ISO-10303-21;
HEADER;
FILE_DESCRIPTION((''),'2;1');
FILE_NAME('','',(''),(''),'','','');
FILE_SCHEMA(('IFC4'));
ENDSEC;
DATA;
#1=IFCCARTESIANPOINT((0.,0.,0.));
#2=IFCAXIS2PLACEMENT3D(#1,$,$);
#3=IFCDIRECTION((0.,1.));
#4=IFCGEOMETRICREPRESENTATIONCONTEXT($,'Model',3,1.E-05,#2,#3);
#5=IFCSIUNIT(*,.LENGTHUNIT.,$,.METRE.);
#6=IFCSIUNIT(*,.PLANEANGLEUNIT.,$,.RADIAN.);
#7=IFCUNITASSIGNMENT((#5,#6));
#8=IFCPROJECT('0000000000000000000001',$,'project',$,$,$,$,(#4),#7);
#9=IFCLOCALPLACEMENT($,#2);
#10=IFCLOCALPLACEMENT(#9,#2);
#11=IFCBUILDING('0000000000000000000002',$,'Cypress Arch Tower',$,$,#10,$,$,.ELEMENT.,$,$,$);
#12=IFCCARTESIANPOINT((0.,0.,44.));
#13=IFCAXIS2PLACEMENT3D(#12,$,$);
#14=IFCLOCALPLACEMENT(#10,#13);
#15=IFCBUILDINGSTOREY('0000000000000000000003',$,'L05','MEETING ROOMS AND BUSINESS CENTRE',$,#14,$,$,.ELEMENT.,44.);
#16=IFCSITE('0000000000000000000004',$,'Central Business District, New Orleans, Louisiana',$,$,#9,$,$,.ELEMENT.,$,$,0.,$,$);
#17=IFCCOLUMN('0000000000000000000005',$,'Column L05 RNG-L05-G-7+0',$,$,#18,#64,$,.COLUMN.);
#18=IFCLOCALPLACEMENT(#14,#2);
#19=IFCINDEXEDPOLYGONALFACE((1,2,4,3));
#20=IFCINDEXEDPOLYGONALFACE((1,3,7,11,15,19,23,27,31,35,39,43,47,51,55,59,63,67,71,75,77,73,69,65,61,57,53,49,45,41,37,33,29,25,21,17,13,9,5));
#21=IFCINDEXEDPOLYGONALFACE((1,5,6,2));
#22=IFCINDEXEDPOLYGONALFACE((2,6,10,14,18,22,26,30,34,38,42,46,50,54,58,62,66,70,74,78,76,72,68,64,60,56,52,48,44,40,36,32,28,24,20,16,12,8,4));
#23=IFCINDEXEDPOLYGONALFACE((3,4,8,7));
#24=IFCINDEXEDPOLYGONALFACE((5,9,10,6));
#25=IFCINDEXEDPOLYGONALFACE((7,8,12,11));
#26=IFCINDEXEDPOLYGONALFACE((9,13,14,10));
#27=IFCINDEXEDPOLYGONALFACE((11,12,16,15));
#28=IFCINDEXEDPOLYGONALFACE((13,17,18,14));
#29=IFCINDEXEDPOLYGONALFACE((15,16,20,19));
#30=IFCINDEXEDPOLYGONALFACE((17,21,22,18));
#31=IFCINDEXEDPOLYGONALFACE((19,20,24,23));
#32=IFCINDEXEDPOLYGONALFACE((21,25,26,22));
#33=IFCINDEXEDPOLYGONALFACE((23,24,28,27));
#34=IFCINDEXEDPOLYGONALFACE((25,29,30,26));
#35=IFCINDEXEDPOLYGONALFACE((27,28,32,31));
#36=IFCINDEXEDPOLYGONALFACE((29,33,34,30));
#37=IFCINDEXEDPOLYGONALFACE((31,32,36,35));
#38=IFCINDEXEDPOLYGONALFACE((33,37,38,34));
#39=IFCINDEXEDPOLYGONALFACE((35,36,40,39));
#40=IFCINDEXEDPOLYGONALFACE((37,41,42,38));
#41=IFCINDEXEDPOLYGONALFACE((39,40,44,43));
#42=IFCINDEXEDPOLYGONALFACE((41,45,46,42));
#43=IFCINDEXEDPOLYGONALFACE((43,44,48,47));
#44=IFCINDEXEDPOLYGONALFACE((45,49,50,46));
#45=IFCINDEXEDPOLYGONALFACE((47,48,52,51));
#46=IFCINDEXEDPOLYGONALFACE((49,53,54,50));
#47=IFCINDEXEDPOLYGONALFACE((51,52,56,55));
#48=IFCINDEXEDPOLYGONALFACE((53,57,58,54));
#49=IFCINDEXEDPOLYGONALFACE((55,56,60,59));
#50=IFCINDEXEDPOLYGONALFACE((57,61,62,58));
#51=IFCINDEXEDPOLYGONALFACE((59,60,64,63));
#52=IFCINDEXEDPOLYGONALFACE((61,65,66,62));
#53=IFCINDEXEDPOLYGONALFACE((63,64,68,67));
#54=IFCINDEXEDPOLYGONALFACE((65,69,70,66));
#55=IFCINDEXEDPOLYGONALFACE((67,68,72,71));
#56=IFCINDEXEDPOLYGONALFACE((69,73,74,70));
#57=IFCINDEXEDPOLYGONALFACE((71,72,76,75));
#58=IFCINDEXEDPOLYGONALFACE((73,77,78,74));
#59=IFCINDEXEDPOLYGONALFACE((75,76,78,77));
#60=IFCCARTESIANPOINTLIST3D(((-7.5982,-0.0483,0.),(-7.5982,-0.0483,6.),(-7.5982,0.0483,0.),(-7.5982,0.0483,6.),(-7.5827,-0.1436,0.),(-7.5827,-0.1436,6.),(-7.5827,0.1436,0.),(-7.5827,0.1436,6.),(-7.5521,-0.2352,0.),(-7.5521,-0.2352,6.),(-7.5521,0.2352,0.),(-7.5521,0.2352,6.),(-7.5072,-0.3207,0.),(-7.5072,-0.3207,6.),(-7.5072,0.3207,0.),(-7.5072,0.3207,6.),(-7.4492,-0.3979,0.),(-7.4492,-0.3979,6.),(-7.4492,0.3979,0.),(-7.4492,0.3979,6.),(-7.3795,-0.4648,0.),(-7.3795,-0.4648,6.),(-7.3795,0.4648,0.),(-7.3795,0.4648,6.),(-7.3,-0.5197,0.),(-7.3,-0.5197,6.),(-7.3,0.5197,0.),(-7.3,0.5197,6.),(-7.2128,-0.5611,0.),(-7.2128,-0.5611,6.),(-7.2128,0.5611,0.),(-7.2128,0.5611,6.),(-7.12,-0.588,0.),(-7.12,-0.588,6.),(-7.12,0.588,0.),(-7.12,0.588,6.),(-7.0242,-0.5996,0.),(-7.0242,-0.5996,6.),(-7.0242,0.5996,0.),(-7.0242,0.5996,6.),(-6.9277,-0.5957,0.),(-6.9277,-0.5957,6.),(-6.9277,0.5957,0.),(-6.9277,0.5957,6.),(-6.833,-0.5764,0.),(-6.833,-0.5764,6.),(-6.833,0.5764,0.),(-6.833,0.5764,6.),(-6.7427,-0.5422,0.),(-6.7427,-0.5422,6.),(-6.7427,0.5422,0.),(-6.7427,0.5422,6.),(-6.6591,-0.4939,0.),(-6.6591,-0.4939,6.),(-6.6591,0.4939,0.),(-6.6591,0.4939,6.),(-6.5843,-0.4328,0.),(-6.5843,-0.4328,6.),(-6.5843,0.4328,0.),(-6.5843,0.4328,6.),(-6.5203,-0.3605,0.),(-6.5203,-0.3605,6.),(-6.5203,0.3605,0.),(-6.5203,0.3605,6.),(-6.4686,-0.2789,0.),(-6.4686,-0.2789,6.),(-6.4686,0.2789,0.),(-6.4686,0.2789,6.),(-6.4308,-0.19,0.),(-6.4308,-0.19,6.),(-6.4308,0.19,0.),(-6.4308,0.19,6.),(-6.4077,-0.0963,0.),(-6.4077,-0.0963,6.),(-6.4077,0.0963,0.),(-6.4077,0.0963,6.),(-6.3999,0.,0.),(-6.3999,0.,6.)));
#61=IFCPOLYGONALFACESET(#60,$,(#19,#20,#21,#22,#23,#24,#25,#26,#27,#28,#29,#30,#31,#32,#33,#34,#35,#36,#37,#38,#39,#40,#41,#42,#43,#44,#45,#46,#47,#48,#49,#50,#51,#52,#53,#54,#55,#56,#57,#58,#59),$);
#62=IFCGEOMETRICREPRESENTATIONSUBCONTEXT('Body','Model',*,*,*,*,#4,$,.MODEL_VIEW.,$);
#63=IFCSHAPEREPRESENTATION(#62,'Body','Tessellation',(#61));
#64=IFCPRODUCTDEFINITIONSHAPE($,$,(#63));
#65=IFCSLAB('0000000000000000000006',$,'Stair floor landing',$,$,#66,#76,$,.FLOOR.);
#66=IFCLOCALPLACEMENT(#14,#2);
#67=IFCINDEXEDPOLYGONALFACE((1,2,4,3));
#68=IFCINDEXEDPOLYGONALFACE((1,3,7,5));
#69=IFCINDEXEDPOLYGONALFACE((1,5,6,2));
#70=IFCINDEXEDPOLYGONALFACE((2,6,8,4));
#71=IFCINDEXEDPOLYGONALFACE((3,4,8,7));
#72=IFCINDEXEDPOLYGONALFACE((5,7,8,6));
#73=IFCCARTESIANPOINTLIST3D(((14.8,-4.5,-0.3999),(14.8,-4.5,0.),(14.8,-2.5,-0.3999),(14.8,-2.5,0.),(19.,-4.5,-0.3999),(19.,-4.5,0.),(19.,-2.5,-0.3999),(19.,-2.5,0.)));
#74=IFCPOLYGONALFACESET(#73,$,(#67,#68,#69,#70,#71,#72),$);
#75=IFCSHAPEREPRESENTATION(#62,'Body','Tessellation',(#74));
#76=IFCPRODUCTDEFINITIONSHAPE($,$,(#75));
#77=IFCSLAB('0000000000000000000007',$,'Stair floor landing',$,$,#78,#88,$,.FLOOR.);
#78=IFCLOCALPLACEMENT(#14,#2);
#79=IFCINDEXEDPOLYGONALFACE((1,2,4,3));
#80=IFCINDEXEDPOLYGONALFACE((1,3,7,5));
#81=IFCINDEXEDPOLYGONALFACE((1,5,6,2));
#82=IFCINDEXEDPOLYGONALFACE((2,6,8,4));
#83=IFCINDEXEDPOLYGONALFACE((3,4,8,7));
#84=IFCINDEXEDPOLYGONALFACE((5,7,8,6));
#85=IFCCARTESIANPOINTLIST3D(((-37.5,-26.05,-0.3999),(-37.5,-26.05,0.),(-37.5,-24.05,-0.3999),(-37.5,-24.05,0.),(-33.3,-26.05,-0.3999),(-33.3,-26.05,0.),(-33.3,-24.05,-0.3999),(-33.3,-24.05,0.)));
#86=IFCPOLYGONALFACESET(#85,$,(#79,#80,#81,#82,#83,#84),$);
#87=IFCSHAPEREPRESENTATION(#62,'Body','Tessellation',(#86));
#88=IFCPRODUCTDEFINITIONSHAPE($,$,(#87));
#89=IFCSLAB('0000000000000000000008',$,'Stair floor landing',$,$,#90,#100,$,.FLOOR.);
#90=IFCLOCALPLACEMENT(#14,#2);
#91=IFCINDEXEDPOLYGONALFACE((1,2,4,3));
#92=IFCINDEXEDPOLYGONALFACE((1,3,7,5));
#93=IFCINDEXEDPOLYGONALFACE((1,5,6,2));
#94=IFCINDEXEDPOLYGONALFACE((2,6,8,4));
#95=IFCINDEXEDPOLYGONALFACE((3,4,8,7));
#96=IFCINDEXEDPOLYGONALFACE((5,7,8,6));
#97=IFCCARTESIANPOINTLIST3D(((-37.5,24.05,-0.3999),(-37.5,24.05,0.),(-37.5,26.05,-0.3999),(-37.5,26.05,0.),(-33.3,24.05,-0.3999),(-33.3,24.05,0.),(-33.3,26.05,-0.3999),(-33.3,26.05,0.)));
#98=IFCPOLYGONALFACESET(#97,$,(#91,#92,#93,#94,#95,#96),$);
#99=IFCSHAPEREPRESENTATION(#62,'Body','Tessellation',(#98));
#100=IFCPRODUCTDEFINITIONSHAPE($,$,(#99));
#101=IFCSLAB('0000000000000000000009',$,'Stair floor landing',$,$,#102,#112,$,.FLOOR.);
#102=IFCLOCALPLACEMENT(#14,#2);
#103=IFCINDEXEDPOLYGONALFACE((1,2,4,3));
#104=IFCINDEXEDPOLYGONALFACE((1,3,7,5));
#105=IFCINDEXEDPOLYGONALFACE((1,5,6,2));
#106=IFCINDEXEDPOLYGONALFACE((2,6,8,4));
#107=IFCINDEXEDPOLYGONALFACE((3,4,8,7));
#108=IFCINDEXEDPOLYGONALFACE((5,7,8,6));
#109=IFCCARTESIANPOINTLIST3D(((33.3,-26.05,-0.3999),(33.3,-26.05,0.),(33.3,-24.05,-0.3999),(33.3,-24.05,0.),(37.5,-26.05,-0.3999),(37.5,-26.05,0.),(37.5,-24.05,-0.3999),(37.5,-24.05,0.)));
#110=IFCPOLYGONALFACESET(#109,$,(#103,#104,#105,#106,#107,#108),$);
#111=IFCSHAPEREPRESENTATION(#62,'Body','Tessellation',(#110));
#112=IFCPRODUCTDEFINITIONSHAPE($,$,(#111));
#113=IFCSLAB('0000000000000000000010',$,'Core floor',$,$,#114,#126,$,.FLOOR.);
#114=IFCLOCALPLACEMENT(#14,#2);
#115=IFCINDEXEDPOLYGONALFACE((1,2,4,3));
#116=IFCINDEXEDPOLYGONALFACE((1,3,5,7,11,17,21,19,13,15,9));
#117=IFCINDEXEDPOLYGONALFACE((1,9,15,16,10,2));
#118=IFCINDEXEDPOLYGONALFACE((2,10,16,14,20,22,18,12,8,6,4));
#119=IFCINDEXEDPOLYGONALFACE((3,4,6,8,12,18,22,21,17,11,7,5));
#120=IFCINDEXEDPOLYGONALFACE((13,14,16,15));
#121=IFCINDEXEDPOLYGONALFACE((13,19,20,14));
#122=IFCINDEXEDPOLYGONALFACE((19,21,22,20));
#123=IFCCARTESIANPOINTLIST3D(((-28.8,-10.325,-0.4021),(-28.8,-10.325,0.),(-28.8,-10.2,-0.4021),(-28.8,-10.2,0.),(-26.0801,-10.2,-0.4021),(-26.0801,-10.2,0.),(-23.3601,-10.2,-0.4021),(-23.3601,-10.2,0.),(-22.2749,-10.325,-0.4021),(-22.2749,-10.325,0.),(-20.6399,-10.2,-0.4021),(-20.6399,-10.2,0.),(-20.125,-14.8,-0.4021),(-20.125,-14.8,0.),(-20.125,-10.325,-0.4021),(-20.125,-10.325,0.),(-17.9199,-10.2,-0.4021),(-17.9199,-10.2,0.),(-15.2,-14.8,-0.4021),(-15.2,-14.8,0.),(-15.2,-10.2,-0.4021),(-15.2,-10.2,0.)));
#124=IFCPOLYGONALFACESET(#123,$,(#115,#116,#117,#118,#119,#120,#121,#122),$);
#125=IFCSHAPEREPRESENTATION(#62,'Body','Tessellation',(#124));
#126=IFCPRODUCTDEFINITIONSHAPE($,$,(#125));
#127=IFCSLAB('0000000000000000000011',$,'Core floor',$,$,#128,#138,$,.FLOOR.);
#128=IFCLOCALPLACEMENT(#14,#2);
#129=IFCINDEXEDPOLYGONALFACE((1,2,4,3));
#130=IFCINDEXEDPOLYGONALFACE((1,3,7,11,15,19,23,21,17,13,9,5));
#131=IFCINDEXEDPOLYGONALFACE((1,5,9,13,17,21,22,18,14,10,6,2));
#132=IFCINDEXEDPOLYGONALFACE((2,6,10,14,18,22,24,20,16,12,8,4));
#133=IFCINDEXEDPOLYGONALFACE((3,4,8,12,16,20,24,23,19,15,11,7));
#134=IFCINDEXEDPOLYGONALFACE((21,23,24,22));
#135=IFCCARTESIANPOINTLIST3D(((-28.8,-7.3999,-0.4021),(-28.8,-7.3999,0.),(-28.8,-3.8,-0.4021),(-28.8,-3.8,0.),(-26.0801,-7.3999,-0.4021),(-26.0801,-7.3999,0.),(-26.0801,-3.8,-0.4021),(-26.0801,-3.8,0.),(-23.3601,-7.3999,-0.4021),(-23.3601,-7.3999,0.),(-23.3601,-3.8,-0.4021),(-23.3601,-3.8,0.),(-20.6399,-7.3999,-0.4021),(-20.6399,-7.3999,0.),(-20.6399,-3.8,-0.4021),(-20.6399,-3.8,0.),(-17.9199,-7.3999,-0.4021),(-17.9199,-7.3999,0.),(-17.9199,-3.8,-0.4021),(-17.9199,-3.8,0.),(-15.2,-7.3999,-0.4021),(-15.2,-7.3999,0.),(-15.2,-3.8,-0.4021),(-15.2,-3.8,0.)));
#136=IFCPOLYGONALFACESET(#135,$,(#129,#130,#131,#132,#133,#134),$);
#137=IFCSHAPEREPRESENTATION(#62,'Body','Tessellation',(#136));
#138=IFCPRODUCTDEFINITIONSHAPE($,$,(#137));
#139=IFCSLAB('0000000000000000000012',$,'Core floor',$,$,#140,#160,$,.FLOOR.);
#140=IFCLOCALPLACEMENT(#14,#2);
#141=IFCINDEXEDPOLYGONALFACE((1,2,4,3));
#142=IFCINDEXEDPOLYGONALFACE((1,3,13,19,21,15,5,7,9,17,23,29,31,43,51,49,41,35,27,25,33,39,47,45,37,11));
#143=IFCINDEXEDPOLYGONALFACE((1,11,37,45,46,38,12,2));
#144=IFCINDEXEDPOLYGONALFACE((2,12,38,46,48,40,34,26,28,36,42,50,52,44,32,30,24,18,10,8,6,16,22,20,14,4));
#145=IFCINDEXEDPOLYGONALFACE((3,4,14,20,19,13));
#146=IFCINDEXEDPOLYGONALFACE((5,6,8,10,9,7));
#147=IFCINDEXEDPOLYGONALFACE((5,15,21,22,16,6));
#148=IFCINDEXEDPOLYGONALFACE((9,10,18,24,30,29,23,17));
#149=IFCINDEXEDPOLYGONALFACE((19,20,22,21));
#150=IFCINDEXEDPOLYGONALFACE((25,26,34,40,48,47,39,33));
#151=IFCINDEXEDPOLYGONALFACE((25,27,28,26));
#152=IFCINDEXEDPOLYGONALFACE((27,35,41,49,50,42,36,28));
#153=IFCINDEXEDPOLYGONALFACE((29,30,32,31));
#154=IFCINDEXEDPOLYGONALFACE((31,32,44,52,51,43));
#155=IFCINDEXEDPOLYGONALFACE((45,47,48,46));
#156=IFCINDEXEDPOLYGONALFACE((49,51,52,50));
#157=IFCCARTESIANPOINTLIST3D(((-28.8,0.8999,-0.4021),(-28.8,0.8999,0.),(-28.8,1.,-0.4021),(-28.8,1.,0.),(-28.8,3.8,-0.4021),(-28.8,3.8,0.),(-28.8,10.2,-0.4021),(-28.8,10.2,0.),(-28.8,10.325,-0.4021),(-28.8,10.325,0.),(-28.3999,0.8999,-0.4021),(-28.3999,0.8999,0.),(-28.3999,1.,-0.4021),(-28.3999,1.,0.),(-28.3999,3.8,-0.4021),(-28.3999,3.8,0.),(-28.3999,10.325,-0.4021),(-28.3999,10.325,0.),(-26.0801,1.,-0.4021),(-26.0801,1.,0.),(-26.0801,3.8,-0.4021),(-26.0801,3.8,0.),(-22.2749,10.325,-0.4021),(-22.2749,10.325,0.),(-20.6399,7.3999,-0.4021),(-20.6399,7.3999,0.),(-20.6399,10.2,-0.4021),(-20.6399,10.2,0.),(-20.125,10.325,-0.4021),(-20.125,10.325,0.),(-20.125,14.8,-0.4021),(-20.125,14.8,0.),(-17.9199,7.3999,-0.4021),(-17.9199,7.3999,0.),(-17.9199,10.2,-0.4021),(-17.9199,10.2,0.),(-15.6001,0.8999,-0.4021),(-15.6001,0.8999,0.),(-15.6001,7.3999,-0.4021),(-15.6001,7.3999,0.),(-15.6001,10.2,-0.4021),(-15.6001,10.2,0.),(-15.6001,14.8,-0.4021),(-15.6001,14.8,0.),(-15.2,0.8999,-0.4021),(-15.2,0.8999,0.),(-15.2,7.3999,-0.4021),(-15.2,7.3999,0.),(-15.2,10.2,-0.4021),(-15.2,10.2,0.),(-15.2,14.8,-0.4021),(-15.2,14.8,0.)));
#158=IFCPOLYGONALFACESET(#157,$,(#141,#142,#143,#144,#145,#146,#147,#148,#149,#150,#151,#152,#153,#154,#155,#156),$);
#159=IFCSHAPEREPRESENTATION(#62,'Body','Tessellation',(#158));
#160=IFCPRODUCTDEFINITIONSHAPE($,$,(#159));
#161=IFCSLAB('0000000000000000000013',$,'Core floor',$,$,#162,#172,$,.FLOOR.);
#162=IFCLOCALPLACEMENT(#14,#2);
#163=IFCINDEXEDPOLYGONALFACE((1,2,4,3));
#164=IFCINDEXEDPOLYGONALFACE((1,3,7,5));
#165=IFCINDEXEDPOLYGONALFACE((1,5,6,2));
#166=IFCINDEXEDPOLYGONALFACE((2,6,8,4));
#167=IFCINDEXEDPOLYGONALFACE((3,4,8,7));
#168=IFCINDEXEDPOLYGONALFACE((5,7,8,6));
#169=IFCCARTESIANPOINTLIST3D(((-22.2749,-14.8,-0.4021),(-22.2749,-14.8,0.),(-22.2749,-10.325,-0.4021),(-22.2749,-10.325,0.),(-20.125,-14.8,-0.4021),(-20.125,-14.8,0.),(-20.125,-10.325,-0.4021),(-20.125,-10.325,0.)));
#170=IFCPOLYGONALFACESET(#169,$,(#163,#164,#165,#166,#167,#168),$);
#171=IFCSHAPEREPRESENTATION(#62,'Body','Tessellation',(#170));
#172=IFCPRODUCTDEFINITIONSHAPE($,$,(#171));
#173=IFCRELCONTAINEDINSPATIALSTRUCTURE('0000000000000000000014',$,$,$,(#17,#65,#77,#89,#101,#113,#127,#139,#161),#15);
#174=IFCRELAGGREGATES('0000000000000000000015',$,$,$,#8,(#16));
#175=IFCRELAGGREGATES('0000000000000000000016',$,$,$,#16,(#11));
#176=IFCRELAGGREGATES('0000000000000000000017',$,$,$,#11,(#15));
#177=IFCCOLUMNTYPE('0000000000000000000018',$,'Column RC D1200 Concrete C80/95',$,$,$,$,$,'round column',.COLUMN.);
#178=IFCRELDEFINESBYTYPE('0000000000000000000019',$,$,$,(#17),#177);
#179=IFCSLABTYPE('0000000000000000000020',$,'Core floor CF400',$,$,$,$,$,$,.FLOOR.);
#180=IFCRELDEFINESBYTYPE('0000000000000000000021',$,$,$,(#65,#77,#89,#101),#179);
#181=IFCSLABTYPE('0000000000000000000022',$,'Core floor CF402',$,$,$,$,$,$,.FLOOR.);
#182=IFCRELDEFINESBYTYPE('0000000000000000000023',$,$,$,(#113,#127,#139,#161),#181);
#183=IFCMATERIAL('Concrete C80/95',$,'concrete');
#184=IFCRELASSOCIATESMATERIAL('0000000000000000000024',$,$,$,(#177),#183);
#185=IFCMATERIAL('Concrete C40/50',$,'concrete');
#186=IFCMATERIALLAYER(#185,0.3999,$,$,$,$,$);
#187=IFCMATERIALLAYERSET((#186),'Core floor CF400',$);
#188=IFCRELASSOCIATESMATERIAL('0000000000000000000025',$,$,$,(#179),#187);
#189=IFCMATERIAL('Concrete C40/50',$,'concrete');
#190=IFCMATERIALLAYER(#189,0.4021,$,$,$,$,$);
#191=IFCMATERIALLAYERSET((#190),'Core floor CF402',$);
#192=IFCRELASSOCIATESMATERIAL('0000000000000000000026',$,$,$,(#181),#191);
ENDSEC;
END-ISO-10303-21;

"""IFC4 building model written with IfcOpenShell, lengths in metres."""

from ifc_helpers import new_model, si_unit, direction, frame, origin, origin_2d, place, context, subcontext, project, spatial, polyline, circle, outline, extrude, material, layer, layer_set, material_profile, profile_set, type_object, element, save


model = new_model("IFC4")

# Units and contexts
model_context = context("Model", 3, precision=1e-05, world=origin(), true_north=direction((0.0, 1.0)))
body_context = subcontext(model_context, "Body", "Model", "MODEL_VIEW")
ifc_project = project(units=[si_unit("LENGTHUNIT", "METRE"), si_unit("PLANEANGLEUNIT", "RADIAN")], contexts=[model_context])

# Site, building, storey
site_placement = place(None, origin())
site = spatial("IfcSite", under=ifc_project, at=site_placement, Name="Central Business District, New Orleans, Louisiana", CompositionType="ELEMENT", RefElevation=0.0)
building_placement = place(site_placement, origin())
building = spatial("IfcBuilding", under=site, at=building_placement, Name="Cypress Arch Tower", CompositionType="ELEMENT")
storey_placement = place(building_placement, frame((0.0, 0.0, 44.0)))
storey = spatial("IfcBuildingStorey", under=building, at=storey_placement, Name="L05", Description="MEETING ROOMS AND BUSINESS CENTRE", CompositionType="ELEMENT", Elevation=44.0)

# Column
ifc_material_1 = material(Name="Concrete C80/95", Category="concrete")
ifc_material_profile = material_profile(ifc_material_1, circle(Radius=0.6001, at=origin_2d()), Name="RC D1200")
ifc_profile_set = profile_set([ifc_material_profile], Name="Concrete C80/95")
column_type = type_object("IfcColumnType", Name="Column RC D1200 Concrete C80/95", ElementType="round column", PredefinedType="COLUMN", material=ifc_profile_set)
column_placement = place(storey_placement, frame((-7.0, 0.0, 0.0), z_axis=(0.0, 0.0, 1.0), x_axis=(1.0, 0.0, 0.0)))
element("IfcColumn", 1, at=column_placement, inside=storey, type_object=column_type, Name="Column L05 RNG-L05-G-7+0", PredefinedType="COLUMN", context=body_context, shape_type="SweptSolid", body=[
    extrude(circle(Radius=0.6001, at=origin_2d()), origin(), (0.0, 0.0, 1.0), 6.0),
])

# Slabs
ifc_material_2 = material(Name="Concrete C40/50", Category="concrete")
ifc_layer_1 = layer(ifc_material_2, 0.3999)
ifc_layer_set_1 = layer_set([ifc_layer_1], Name="Core floor CF400")
slab_type_1 = type_object("IfcSlabType", Name="Core floor CF400", PredefinedType="FLOOR", material=ifc_layer_set_1)
slab_1_placement = place(storey_placement, frame((0.0, 0.0, -0.3999)))
element("IfcSlab", 2, at=slab_1_placement, inside=storey, type_object=slab_type_1, Name="Stair floor landing", PredefinedType="FLOOR", context=body_context, shape_type="SweptSolid", body=[
    extrude(outline(polyline([(19.0, -4.5), (19.0, -2.5), (14.8, -2.5), (14.8, -4.5), (19.0, -4.5)])), origin(), (0.0, 0.0, 1.0), 0.3999),
])
slab_2_placement = place(storey_placement, frame((0.0, 0.0, -0.3999)))
element("IfcSlab", 3, at=slab_2_placement, inside=storey, type_object=slab_type_1, Name="Stair floor landing", PredefinedType="FLOOR", context=body_context, shape_type="SweptSolid", body=[
    extrude(outline(polyline([(-33.3, -26.05), (-33.3, -24.05), (-37.5, -24.05), (-37.5, -26.05), (-33.3, -26.05)])), origin(), (0.0, 0.0, 1.0), 0.3999),
])
slab_3_placement = place(storey_placement, frame((0.0, 0.0, -0.3999)))
element("IfcSlab", 4, at=slab_3_placement, inside=storey, type_object=slab_type_1, Name="Stair floor landing", PredefinedType="FLOOR", context=body_context, shape_type="SweptSolid", body=[
    extrude(outline(polyline([(-37.5, 26.05), (-37.5, 24.05), (-33.3, 24.05), (-33.3, 26.05), (-37.5, 26.05)])), origin(), (0.0, 0.0, 1.0), 0.3999),
])
slab_4_placement = place(storey_placement, frame((0.0, 0.0, -0.3999)))
element("IfcSlab", 5, at=slab_4_placement, inside=storey, type_object=slab_type_1, Name="Stair floor landing", PredefinedType="FLOOR", context=body_context, shape_type="SweptSolid", body=[
    extrude(outline(polyline([(37.5, -26.05), (37.5, -24.05), (33.3, -24.05), (33.3, -26.05), (37.5, -26.05)])), origin(), (0.0, 0.0, 1.0), 0.3999),
])
ifc_material_3 = material(Name="Concrete C40/50", Category="concrete")
ifc_layer_2 = layer(ifc_material_3, 0.4021)
ifc_layer_set_2 = layer_set([ifc_layer_2], Name="Core floor CF402")
slab_type_2 = type_object("IfcSlabType", Name="Core floor CF402", PredefinedType="FLOOR", material=ifc_layer_set_2)
slab_5_placement = place(storey_placement, frame((0.0, 0.0, -0.4021)))
element("IfcSlab", 6, at=slab_5_placement, inside=storey, type_object=slab_type_2, Name="Core floor", PredefinedType="FLOOR", context=body_context, shape_type="SweptSolid", body=[
    extrude(outline(polyline([(-20.125, -14.8), (-15.2, -14.8), (-15.2, -10.2), (-17.9199, -10.2), (-20.6399, -10.2), (-23.3601, -10.2), (-26.0801, -10.2), (-28.8, -10.2), (-28.8, -10.325), (-22.2749, -10.325), (-20.125, -10.325), (-20.125, -14.8)])), origin(), (0.0, 0.0, 1.0), 0.4021),
])
slab_6_placement = place(storey_placement, frame((0.0, 0.0, -0.4021)))
element("IfcSlab", 7, at=slab_6_placement, inside=storey, type_object=slab_type_2, Name="Core floor", PredefinedType="FLOOR", context=body_context, shape_type="SweptSolid", body=[
    extrude(outline(polyline([(-28.8, -3.8), (-28.8, -7.3999), (-26.0801, -7.3999), (-23.3601, -7.3999), (-20.6399, -7.3999), (-17.9199, -7.3999), (-15.2, -7.3999), (-15.2, -3.8), (-17.9199, -3.8), (-20.6399, -3.8), (-23.3601, -3.8), (-26.0801, -3.8), (-28.8, -3.8)])), origin(), (0.0, 0.0, 1.0), 0.4021),
])
slab_7_placement = place(storey_placement, frame((0.0, 0.0, -0.4021)))
element("IfcSlab", 8, at=slab_7_placement, inside=storey, type_object=slab_type_2, Name="Core floor", PredefinedType="FLOOR", context=body_context, shape_type="SweptSolid", body=[
    extrude(outline(polyline([(-28.8, 3.8), (-28.8, 10.2), (-28.8, 10.325), (-28.3999, 10.325), (-22.2749, 10.325), (-20.125, 10.325), (-20.125, 14.8), (-15.6001, 14.8), (-15.2, 14.8), (-15.2, 10.2), (-15.6001, 10.2), (-17.9199, 10.2), (-20.6399, 10.2), (-20.6399, 7.3999), (-17.9199, 7.3999), (-15.6001, 7.3999), (-15.2, 7.3999), (-15.2, 0.8999), (-15.6001, 0.8999), (-28.3999, 0.8999), (-28.8, 0.8999), (-28.8, 1.0), (-28.3999, 1.0), (-26.0801, 1.0), (-26.0801, 3.8), (-28.3999, 3.8), (-28.8, 3.8)])), origin(), (0.0, 0.0, 1.0), 0.4021),
])
slab_8_placement = place(storey_placement, frame((0.0, 0.0, -0.4021)))
element("IfcSlab", 9, at=slab_8_placement, inside=storey, type_object=slab_type_2, Name="Core floor", PredefinedType="FLOOR", context=body_context, shape_type="SweptSolid", body=[
    extrude(outline(polyline([(-22.2749, -10.325), (-22.2749, -14.8), (-20.125, -14.8), (-20.125, -10.325), (-22.2749, -10.325)])), origin(), (0.0, 0.0, 1.0), 0.4021),
])

save(model, "model.ifc")
